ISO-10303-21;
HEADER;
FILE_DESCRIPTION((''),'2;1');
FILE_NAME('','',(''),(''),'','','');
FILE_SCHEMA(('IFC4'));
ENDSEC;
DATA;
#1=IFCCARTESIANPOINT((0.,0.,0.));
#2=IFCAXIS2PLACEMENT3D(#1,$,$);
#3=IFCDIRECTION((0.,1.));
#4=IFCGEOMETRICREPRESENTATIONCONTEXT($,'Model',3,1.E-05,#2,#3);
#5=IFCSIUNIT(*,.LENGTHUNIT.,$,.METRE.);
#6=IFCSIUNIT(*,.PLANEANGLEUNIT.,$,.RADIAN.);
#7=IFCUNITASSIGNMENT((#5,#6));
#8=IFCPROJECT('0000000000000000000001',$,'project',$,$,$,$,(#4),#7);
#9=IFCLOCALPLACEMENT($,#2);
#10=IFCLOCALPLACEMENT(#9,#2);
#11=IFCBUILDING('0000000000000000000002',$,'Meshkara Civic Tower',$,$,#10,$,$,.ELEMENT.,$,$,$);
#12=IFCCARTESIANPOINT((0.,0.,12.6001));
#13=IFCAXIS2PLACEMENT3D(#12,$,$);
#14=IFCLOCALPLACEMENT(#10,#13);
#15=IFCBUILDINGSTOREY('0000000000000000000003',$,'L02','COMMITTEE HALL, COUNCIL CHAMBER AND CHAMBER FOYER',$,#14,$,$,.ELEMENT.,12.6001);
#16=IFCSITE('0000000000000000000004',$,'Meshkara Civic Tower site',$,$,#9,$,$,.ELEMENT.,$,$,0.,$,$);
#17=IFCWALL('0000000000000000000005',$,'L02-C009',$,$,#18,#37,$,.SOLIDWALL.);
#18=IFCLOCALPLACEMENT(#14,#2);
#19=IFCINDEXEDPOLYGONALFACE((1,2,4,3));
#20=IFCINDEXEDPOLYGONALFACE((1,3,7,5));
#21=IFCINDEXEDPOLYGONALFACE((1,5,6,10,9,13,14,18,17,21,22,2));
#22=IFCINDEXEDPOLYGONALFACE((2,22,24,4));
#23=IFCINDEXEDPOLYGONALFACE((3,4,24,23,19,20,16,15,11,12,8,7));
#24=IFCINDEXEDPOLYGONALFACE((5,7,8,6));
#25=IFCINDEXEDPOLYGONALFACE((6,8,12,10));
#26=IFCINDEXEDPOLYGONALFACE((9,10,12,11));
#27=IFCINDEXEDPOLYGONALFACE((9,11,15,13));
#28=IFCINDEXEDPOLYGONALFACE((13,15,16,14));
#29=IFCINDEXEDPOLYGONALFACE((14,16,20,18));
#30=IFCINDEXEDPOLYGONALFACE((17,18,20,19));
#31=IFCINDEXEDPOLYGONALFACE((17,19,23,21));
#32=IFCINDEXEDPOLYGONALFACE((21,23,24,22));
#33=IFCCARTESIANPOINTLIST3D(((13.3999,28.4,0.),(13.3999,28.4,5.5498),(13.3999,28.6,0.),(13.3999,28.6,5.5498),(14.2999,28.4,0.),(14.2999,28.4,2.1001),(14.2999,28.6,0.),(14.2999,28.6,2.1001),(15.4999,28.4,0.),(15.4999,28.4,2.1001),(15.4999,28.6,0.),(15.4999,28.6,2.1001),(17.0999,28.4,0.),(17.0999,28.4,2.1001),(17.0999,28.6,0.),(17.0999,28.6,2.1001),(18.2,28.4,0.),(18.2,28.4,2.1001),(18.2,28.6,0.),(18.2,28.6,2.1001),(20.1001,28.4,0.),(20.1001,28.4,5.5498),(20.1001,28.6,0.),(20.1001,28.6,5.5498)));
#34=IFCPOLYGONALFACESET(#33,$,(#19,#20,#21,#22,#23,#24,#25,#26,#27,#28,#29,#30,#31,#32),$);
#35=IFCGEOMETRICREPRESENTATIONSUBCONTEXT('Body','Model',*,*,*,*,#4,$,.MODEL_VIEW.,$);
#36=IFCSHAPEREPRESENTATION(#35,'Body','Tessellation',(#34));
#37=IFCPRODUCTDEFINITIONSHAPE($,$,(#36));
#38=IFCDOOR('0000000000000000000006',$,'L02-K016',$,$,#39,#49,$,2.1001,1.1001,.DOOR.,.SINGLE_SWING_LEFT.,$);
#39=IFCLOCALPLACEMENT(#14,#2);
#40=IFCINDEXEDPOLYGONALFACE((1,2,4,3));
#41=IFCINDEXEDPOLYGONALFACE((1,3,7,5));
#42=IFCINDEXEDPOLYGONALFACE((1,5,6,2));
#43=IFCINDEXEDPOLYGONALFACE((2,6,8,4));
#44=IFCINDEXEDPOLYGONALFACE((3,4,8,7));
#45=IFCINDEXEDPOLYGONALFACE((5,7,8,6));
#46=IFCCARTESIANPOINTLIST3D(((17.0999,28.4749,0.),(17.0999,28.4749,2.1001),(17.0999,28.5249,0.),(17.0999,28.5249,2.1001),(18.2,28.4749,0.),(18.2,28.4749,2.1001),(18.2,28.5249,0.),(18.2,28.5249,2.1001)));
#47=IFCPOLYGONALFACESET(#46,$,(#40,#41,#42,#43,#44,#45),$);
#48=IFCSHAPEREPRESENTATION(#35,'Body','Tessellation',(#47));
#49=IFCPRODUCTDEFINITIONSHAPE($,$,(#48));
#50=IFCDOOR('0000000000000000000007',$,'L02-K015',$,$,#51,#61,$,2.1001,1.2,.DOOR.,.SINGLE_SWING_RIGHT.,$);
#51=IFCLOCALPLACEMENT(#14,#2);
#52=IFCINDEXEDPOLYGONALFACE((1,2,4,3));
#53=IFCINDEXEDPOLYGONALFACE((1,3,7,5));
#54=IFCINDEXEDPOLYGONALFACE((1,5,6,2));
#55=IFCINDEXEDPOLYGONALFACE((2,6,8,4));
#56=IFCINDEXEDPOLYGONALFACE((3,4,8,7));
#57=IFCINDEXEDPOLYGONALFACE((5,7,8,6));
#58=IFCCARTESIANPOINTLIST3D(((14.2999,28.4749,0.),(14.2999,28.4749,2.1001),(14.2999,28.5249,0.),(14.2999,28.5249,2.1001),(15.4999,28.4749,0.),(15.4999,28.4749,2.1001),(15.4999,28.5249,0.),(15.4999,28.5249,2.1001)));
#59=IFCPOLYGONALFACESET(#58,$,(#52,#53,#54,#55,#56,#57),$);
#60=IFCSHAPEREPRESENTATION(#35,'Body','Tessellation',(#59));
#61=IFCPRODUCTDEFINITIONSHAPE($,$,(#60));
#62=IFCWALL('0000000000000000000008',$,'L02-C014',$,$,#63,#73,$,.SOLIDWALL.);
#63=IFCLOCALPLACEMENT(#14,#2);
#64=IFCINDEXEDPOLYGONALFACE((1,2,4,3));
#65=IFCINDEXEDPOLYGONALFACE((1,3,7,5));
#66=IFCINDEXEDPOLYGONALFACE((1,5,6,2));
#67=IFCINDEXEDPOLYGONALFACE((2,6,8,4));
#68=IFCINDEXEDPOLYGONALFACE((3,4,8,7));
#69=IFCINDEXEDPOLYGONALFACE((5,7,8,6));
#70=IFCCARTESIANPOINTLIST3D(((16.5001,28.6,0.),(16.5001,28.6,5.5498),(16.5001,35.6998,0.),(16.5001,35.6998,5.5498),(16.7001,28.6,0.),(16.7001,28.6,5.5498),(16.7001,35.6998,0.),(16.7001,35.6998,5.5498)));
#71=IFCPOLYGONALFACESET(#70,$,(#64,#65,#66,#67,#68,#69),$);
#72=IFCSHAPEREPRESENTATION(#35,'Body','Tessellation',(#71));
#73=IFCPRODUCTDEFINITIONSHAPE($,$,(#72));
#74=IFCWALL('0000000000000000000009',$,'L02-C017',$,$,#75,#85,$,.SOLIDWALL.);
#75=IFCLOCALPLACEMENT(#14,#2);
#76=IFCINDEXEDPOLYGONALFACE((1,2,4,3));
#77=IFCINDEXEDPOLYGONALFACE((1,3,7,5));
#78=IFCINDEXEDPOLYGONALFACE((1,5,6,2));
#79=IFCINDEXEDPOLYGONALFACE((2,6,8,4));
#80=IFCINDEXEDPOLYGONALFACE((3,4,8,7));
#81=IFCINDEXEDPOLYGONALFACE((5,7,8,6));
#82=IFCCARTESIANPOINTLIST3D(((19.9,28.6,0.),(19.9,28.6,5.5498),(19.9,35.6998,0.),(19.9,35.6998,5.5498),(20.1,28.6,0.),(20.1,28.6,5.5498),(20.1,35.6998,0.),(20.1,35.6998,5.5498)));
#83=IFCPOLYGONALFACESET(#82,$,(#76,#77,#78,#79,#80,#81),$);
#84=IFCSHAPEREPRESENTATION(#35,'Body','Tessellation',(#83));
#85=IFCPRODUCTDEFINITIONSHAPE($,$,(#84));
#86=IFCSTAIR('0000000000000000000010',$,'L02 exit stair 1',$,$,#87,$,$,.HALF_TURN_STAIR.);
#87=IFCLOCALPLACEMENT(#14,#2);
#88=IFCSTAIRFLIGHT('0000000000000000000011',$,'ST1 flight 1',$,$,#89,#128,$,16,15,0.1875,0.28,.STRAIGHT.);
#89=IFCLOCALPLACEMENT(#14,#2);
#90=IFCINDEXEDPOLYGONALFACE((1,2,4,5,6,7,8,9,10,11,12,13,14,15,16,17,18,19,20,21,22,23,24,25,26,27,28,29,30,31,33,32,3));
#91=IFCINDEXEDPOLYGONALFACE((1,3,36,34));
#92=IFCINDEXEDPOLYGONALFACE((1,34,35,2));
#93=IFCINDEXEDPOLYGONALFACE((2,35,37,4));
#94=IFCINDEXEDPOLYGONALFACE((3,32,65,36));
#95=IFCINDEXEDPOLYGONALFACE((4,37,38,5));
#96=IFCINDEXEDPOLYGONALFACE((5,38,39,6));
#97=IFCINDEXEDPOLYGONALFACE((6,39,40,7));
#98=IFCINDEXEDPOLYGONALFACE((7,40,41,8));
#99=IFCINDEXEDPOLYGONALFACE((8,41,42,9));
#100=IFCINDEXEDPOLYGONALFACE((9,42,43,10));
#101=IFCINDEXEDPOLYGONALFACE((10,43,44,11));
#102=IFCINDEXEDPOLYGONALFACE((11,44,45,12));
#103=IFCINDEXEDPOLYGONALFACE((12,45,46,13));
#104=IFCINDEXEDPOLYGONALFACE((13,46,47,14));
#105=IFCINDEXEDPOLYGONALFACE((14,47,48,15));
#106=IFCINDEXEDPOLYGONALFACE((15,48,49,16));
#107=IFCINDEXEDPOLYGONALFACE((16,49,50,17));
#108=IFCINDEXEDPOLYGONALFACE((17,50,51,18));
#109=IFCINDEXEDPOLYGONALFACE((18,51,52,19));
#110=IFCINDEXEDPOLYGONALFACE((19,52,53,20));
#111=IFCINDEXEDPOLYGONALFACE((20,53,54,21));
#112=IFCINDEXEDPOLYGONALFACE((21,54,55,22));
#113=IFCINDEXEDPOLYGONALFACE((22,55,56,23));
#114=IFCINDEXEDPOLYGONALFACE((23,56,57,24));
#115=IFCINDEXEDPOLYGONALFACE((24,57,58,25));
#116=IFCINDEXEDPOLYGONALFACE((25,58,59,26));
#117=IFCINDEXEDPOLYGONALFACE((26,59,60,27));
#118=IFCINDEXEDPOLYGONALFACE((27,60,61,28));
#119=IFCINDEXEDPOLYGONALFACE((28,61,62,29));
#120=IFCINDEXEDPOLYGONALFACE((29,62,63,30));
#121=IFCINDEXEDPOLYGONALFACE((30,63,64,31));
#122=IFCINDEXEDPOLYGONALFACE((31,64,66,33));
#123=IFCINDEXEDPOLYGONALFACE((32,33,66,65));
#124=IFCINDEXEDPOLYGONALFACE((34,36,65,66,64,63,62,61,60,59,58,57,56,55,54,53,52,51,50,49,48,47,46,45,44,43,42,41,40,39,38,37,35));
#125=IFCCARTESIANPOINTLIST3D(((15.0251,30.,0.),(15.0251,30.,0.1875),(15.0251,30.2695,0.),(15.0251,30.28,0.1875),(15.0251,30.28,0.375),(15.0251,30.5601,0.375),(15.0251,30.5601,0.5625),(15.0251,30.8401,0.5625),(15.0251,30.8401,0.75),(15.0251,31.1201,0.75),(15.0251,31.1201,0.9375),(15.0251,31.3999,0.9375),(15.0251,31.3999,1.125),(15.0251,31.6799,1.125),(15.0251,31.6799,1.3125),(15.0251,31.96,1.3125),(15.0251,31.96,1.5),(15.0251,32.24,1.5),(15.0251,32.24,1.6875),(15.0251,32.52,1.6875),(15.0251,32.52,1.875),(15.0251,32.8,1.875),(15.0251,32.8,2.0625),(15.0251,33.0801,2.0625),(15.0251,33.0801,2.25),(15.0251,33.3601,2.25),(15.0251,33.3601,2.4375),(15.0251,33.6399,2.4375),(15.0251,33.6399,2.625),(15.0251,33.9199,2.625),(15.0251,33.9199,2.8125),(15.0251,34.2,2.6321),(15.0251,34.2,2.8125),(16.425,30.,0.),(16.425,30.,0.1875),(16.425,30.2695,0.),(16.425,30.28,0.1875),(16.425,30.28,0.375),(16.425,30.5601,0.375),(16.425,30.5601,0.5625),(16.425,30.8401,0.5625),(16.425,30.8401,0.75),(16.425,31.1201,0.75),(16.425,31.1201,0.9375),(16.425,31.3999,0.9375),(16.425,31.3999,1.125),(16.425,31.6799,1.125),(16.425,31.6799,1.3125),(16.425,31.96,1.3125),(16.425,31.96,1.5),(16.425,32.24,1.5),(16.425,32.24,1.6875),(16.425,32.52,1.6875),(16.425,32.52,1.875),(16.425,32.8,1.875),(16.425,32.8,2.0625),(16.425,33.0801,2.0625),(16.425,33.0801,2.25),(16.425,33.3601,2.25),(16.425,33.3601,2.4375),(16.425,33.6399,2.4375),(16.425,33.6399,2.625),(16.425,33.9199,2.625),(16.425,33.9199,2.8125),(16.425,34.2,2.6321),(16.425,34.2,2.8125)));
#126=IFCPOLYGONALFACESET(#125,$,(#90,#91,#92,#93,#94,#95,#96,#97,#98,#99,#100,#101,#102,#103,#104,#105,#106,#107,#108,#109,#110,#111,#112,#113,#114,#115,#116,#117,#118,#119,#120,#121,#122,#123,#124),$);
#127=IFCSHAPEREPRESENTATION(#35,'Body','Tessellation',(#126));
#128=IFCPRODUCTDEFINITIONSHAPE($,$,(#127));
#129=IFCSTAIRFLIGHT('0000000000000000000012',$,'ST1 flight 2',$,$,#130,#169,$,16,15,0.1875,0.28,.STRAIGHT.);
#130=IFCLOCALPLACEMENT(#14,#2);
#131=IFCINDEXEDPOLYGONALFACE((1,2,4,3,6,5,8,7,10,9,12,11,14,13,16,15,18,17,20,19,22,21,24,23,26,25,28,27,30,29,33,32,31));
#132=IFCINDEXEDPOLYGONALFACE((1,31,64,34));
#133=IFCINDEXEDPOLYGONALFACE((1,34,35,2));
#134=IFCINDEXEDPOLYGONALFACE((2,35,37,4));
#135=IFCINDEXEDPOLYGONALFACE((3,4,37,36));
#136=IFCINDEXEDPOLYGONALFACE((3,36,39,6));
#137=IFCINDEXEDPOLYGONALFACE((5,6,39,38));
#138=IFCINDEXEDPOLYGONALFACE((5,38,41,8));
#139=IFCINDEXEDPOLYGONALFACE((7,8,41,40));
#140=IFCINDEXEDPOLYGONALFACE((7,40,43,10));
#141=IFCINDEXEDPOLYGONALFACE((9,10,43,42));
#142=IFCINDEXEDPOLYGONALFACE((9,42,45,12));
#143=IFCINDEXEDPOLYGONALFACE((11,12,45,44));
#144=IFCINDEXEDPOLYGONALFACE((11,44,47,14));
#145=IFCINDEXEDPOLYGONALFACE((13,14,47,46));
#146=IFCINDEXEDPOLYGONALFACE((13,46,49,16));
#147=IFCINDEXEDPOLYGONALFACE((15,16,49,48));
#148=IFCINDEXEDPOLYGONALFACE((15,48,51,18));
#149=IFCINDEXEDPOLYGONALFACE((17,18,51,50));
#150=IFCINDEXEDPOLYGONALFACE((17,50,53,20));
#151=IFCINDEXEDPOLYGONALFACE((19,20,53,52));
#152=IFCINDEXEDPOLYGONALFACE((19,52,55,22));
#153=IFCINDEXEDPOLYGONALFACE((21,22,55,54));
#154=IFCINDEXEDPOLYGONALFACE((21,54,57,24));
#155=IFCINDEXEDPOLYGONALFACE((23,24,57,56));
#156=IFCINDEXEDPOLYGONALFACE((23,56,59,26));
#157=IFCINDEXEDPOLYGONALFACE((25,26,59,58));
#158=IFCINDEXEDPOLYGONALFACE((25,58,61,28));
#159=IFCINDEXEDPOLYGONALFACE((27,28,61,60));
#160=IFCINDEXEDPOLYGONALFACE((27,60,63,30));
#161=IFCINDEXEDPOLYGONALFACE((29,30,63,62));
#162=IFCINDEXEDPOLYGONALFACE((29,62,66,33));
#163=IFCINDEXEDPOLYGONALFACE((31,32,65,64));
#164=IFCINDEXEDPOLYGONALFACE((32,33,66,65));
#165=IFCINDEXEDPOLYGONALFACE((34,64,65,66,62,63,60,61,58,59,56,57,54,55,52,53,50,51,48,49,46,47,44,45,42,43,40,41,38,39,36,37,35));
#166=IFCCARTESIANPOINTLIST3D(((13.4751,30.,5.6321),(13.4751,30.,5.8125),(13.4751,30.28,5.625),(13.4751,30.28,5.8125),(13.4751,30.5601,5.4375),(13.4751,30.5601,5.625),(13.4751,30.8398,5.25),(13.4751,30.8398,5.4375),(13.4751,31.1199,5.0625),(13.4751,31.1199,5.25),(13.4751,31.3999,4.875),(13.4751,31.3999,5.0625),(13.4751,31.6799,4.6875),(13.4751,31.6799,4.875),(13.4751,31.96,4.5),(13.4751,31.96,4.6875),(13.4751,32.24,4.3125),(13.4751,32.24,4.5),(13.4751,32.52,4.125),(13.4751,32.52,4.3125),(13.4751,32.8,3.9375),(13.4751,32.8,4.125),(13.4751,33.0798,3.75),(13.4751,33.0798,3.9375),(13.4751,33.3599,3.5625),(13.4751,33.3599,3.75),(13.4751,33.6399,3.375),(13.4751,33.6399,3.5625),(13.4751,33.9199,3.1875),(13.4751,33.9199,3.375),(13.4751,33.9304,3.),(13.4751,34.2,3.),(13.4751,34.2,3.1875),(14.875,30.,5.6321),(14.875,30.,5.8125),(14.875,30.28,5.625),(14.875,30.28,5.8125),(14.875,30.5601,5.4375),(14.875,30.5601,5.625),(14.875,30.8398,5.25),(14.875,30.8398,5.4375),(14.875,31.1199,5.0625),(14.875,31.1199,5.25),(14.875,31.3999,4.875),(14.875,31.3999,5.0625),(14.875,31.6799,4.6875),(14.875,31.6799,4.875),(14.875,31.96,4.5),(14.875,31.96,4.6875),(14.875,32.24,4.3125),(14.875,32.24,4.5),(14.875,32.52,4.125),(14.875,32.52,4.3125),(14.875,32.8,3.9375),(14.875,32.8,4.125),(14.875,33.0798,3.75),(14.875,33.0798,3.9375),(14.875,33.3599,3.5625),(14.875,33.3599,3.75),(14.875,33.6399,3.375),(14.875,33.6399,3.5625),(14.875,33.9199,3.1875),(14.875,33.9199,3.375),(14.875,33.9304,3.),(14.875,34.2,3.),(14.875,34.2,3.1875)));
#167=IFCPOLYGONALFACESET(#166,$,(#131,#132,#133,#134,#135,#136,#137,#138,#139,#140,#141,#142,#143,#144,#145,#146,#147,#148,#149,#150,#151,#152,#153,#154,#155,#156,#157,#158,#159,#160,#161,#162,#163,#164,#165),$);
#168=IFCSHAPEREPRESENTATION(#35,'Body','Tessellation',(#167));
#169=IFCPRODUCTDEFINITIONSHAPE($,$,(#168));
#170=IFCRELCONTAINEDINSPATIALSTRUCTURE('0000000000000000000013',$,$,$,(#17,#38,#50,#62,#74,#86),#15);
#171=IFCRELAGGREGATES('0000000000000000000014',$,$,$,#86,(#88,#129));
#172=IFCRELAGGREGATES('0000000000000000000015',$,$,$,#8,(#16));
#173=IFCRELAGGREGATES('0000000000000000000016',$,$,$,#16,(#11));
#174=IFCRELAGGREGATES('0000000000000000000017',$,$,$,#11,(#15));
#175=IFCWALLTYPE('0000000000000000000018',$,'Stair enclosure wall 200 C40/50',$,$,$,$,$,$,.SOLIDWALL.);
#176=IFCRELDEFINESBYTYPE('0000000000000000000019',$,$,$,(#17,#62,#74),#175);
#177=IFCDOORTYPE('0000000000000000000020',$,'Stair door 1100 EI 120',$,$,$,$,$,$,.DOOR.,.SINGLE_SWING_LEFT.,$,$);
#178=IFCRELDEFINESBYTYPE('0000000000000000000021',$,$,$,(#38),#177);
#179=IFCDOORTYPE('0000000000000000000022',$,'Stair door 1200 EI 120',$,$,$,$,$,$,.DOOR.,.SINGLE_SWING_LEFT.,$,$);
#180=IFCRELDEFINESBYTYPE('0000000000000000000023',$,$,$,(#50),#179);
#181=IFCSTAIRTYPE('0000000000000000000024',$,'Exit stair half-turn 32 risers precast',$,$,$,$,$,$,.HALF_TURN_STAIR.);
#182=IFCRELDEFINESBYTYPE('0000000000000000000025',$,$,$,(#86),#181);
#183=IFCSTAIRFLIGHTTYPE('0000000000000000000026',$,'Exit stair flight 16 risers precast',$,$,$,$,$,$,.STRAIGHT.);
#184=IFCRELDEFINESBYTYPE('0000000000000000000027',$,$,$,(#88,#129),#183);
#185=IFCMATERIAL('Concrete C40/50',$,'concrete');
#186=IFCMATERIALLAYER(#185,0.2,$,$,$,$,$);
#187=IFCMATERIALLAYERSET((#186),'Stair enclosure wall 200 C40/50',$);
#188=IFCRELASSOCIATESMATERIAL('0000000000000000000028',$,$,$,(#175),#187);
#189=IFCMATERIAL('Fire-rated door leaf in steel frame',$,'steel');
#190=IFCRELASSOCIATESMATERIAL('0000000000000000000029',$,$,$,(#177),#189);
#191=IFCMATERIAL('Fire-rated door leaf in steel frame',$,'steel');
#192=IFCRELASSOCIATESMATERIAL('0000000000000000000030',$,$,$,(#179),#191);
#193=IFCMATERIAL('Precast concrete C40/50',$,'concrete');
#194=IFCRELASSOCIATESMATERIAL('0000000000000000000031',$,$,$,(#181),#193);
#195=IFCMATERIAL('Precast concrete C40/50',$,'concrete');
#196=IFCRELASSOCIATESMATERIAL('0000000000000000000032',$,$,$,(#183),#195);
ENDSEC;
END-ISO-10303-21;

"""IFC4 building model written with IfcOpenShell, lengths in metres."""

from ifc_helpers import new_model, si_unit, direction, frame, frame_2d, origin, place, context, subcontext, project, spatial, polyline, rectangle, outline, extrude, material, layer, layer_set, type_object, element, fill, aggregate, save


model = new_model("IFC4")

# Units and contexts
model_context = context("Model", 3, precision=1e-05, world=origin(), true_north=direction((0.0, 1.0)))
body_context = subcontext(model_context, "Body", "Model", "MODEL_VIEW")
ifc_project = project(units=[si_unit("LENGTHUNIT", "METRE"), si_unit("PLANEANGLEUNIT", "RADIAN")], contexts=[model_context])

# Site, building, storey
site_placement = place(None, origin())
site = spatial("IfcSite", under=ifc_project, at=site_placement, Name="Meshkara Civic Tower site", CompositionType="ELEMENT", RefElevation=0.0)
building_placement = place(site_placement, origin())
building = spatial("IfcBuilding", under=site, at=building_placement, Name="Meshkara Civic Tower", CompositionType="ELEMENT")
storey_placement = place(building_placement, frame((0.0, 0.0, 12.6001)))
storey = spatial("IfcBuildingStorey", under=building, at=storey_placement, Name="L02", Description="COMMITTEE HALL, COUNCIL CHAMBER AND CHAMBER FOYER", CompositionType="ELEMENT", Elevation=12.6001)

# Wall, openings, doors
ifc_material_1 = material(Name="Concrete C40/50", Category="concrete")
ifc_layer_1 = layer(ifc_material_1, 0.2)
ifc_layer_set_1 = layer_set([ifc_layer_1], Name="Stair enclosure wall 200 C40/50")
wall_type_1 = type_object("IfcWallType", Name="Stair enclosure wall 200 C40/50", PredefinedType="SOLIDWALL", material=ifc_layer_set_1)
wall_1_placement = place(storey_placement, frame((13.3999, 28.5, 0.0), z_axis=(0.0, 0.0, 1.0), x_axis=(1.0, 0.0, 0.0)))
wall_1 = element("IfcWall", 1, at=wall_1_placement, inside=storey, type_object=wall_type_1, Name="L02-C009", PredefinedType="SOLIDWALL", context=body_context, shape_type="SweptSolid", body=[
    extrude(rectangle(XDim=6.7002, YDim=0.2, at=frame_2d((3.3501, 0.0))), origin(), (0.0, 0.0, 1.0), 5.5498),
])
opening_1_placement = place(wall_1_placement, frame((0.8999, 0.0, 0.0)))
opening_1 = element("IfcOpeningElement", 2, at=opening_1_placement, cuts=wall_1, PredefinedType="OPENING", context=body_context, shape_type="SweptSolid", body=[
    extrude(rectangle(XDim=1.2, YDim=2.1001, at=frame_2d((0.6001, 1.05))), frame((0.0, 0.1099, 0.0), z_axis=(0.0, -1.0, 0.0), x_axis=(1.0, 0.0, 0.0)), (0.0, 0.0, 1.0), 0.22),
])
opening_2_placement = place(wall_1_placement, frame((3.7, 0.0, 0.0)))
opening_2 = element("IfcOpeningElement", 3, at=opening_2_placement, cuts=wall_1, PredefinedType="OPENING", context=body_context, shape_type="SweptSolid", body=[
    extrude(rectangle(XDim=1.1001, YDim=2.1001, at=frame_2d((0.55, 1.05))), frame((0.0, 0.1099, 0.0), z_axis=(0.0, -1.0, 0.0), x_axis=(1.0, 0.0, 0.0)), (0.0, 0.0, 1.0), 0.22),
])
ifc_material_2 = material(Name="Fire-rated door leaf in steel frame", Category="steel")
door_type_1 = type_object("IfcDoorType", Name="Stair door 1100 EI 120", OperationType="SINGLE_SWING_LEFT", PredefinedType="DOOR", material=ifc_material_2)
door_1_placement = place(opening_2_placement, origin())
door_1 = element("IfcDoor", 4, at=door_1_placement, inside=storey, type_object=door_type_1, Name="L02-K016", OperationType="SINGLE_SWING_LEFT", OverallHeight=2.1001, OverallWidth=1.1001, PredefinedType="DOOR", context=body_context, shape_type="SweptSolid", body=[
    extrude(rectangle(XDim=1.1001, YDim=2.1001, at=frame_2d((0.55, 1.05))), frame((0.0, 0.0249, 0.0), z_axis=(0.0, -1.0, 0.0), x_axis=(1.0, 0.0, 0.0)), (0.0, 0.0, 1.0), 0.05),
])
fill(opening_2, door_1)
ifc_material_3 = material(Name="Fire-rated door leaf in steel frame", Category="steel")
door_type_2 = type_object("IfcDoorType", Name="Stair door 1200 EI 120", OperationType="SINGLE_SWING_LEFT", PredefinedType="DOOR", material=ifc_material_3)
door_2_placement = place(opening_1_placement, origin())
door_2 = element("IfcDoor", 5, at=door_2_placement, inside=storey, type_object=door_type_2, Name="L02-K015", OperationType="SINGLE_SWING_RIGHT", OverallHeight=2.1001, OverallWidth=1.2, PredefinedType="DOOR", context=body_context, shape_type="SweptSolid", body=[
    extrude(rectangle(XDim=1.2, YDim=2.1001, at=frame_2d((0.6001, 1.05))), frame((0.0, 0.0249, 0.0), z_axis=(0.0, -1.0, 0.0), x_axis=(1.0, 0.0, 0.0)), (0.0, 0.0, 1.0), 0.05),
])
fill(opening_1, door_2)

# Walls
for number, where, z_axis, x_axis, name in (
    (6, (16.6001, 28.6001, 0.0), (0.0, 0.0, 1.0), (0.0, 1.0, 0.0), "L02-C014"),
    (7, (20.0, 28.6001, 0.0), (0.0, 0.0, 1.0), (0.0, 1.0, 0.0), "L02-C017"),
):
    element("IfcWall", number, at=place(storey_placement, frame(where, z_axis=z_axis, x_axis=x_axis)), inside=storey, type_object=wall_type_1, Name=name, PredefinedType="SOLIDWALL", context=body_context, shape_type="SweptSolid", body=[
        extrude(rectangle(XDim=7.0999, YDim=0.2, at=frame_2d((3.5498, 0.0))), origin(), (0.0, 0.0, 1.0), 5.5498),
    ])

# Stair, stair flights
ifc_material_4 = material(Name="Precast concrete C40/50", Category="concrete")
stair_type = type_object("IfcStairType", Name="Exit stair half-turn 32 risers precast", PredefinedType="HALF_TURN_STAIR", material=ifc_material_4)
stair_1_placement = place(storey_placement, origin())
stair_1 = element("IfcStair", 8, at=stair_1_placement, inside=storey, type_object=stair_type, Name="L02 exit stair 1", PredefinedType="HALF_TURN_STAIR")
ifc_material_5 = material(Name="Precast concrete C40/50", Category="concrete")
stair_flight_type = type_object("IfcStairFlightType", Name="Exit stair flight 16 risers precast", PredefinedType="STRAIGHT", material=ifc_material_5)
stair_flight_1_placement = place(storey_placement, frame((15.7251, 30.0, 0.0), z_axis=(0.0, 0.0, 1.0), x_axis=(0.0, 1.0, 0.0)))
stair_flight_1 = element("IfcStairFlight", 9, at=stair_flight_1_placement, type_object=stair_flight_type, Name="ST1 flight 1", NumberOfRisers=16, NumberOfTreads=15, PredefinedType="STRAIGHT", RiserHeight=0.1875, TreadLength=0.28, context=body_context, shape_type="SweptSolid", body=[
    extrude(outline(polyline([(0.0, 0.0), (0.0, 0.1875), (0.28, 0.1875), (0.28, 0.375), (0.5601, 0.375), (0.5601, 0.5625), (0.8401, 0.5625), (0.8401, 0.75), (1.1201, 0.75), (1.1201, 0.9375), (1.3999, 0.9375), (1.3999, 1.125), (1.6799, 1.125), (1.6799, 1.3125), (1.96, 1.3125), (1.96, 1.5), (2.24, 1.5), (2.24, 1.6875), (2.52, 1.6875), (2.52, 1.875), (2.8, 1.875), (2.8, 2.0625), (3.0801, 2.0625), (3.0801, 2.25), (3.3601, 2.25), (3.3601, 2.4375), (3.6399, 2.4375), (3.6399, 2.625), (3.9199, 2.625), (3.9199, 2.8125), (4.2, 2.8125), (4.2, 3.0), (4.2, 2.6321), (0.2695, 0.0), (0.0, 0.0)])), frame((0.0, 0.7, 0.0), z_axis=(0.0, -1.0, 0.0), x_axis=(1.0, 0.0, 0.0)), (0.0, 0.0, 1.0), 1.3999),
])
stair_flight_2_placement = place(storey_placement, frame((14.175, 34.2, 3.0), z_axis=(0.0, 0.0, 1.0), x_axis=(0.0, -1.0, 0.0)))
stair_flight_2 = element("IfcStairFlight", 10, at=stair_flight_2_placement, type_object=stair_flight_type, Name="ST1 flight 2", NumberOfRisers=16, NumberOfTreads=15, PredefinedType="STRAIGHT", RiserHeight=0.1875, TreadLength=0.28, context=body_context, shape_type="SweptSolid", body=[
    extrude(outline(polyline([(0.0, 0.0), (0.0, 0.1875), (0.28, 0.1875), (0.28, 0.375), (0.5601, 0.375), (0.5601, 0.5625), (0.8401, 0.5625), (0.8401, 0.75), (1.1201, 0.75), (1.1201, 0.9375), (1.3999, 0.9375), (1.3999, 1.125), (1.6799, 1.125), (1.6799, 1.3125), (1.96, 1.3125), (1.96, 1.5), (2.24, 1.5), (2.24, 1.6875), (2.52, 1.6875), (2.52, 1.875), (2.8, 1.875), (2.8, 2.0625), (3.0801, 2.0625), (3.0801, 2.25), (3.3601, 2.25), (3.3601, 2.4375), (3.6399, 2.4375), (3.6399, 2.625), (3.9199, 2.625), (3.9199, 2.8125), (4.2, 2.8125), (4.2, 3.0), (4.2, 2.6321), (0.2695, 0.0), (0.0, 0.0)])), frame((0.0, 0.7, 0.0), z_axis=(0.0, -1.0, 0.0), x_axis=(1.0, 0.0, 0.0)), (0.0, 0.0, 1.0), 1.3999),
])
aggregate(stair_1, [stair_flight_1, stair_flight_2])

save(model, "model.ifc")
